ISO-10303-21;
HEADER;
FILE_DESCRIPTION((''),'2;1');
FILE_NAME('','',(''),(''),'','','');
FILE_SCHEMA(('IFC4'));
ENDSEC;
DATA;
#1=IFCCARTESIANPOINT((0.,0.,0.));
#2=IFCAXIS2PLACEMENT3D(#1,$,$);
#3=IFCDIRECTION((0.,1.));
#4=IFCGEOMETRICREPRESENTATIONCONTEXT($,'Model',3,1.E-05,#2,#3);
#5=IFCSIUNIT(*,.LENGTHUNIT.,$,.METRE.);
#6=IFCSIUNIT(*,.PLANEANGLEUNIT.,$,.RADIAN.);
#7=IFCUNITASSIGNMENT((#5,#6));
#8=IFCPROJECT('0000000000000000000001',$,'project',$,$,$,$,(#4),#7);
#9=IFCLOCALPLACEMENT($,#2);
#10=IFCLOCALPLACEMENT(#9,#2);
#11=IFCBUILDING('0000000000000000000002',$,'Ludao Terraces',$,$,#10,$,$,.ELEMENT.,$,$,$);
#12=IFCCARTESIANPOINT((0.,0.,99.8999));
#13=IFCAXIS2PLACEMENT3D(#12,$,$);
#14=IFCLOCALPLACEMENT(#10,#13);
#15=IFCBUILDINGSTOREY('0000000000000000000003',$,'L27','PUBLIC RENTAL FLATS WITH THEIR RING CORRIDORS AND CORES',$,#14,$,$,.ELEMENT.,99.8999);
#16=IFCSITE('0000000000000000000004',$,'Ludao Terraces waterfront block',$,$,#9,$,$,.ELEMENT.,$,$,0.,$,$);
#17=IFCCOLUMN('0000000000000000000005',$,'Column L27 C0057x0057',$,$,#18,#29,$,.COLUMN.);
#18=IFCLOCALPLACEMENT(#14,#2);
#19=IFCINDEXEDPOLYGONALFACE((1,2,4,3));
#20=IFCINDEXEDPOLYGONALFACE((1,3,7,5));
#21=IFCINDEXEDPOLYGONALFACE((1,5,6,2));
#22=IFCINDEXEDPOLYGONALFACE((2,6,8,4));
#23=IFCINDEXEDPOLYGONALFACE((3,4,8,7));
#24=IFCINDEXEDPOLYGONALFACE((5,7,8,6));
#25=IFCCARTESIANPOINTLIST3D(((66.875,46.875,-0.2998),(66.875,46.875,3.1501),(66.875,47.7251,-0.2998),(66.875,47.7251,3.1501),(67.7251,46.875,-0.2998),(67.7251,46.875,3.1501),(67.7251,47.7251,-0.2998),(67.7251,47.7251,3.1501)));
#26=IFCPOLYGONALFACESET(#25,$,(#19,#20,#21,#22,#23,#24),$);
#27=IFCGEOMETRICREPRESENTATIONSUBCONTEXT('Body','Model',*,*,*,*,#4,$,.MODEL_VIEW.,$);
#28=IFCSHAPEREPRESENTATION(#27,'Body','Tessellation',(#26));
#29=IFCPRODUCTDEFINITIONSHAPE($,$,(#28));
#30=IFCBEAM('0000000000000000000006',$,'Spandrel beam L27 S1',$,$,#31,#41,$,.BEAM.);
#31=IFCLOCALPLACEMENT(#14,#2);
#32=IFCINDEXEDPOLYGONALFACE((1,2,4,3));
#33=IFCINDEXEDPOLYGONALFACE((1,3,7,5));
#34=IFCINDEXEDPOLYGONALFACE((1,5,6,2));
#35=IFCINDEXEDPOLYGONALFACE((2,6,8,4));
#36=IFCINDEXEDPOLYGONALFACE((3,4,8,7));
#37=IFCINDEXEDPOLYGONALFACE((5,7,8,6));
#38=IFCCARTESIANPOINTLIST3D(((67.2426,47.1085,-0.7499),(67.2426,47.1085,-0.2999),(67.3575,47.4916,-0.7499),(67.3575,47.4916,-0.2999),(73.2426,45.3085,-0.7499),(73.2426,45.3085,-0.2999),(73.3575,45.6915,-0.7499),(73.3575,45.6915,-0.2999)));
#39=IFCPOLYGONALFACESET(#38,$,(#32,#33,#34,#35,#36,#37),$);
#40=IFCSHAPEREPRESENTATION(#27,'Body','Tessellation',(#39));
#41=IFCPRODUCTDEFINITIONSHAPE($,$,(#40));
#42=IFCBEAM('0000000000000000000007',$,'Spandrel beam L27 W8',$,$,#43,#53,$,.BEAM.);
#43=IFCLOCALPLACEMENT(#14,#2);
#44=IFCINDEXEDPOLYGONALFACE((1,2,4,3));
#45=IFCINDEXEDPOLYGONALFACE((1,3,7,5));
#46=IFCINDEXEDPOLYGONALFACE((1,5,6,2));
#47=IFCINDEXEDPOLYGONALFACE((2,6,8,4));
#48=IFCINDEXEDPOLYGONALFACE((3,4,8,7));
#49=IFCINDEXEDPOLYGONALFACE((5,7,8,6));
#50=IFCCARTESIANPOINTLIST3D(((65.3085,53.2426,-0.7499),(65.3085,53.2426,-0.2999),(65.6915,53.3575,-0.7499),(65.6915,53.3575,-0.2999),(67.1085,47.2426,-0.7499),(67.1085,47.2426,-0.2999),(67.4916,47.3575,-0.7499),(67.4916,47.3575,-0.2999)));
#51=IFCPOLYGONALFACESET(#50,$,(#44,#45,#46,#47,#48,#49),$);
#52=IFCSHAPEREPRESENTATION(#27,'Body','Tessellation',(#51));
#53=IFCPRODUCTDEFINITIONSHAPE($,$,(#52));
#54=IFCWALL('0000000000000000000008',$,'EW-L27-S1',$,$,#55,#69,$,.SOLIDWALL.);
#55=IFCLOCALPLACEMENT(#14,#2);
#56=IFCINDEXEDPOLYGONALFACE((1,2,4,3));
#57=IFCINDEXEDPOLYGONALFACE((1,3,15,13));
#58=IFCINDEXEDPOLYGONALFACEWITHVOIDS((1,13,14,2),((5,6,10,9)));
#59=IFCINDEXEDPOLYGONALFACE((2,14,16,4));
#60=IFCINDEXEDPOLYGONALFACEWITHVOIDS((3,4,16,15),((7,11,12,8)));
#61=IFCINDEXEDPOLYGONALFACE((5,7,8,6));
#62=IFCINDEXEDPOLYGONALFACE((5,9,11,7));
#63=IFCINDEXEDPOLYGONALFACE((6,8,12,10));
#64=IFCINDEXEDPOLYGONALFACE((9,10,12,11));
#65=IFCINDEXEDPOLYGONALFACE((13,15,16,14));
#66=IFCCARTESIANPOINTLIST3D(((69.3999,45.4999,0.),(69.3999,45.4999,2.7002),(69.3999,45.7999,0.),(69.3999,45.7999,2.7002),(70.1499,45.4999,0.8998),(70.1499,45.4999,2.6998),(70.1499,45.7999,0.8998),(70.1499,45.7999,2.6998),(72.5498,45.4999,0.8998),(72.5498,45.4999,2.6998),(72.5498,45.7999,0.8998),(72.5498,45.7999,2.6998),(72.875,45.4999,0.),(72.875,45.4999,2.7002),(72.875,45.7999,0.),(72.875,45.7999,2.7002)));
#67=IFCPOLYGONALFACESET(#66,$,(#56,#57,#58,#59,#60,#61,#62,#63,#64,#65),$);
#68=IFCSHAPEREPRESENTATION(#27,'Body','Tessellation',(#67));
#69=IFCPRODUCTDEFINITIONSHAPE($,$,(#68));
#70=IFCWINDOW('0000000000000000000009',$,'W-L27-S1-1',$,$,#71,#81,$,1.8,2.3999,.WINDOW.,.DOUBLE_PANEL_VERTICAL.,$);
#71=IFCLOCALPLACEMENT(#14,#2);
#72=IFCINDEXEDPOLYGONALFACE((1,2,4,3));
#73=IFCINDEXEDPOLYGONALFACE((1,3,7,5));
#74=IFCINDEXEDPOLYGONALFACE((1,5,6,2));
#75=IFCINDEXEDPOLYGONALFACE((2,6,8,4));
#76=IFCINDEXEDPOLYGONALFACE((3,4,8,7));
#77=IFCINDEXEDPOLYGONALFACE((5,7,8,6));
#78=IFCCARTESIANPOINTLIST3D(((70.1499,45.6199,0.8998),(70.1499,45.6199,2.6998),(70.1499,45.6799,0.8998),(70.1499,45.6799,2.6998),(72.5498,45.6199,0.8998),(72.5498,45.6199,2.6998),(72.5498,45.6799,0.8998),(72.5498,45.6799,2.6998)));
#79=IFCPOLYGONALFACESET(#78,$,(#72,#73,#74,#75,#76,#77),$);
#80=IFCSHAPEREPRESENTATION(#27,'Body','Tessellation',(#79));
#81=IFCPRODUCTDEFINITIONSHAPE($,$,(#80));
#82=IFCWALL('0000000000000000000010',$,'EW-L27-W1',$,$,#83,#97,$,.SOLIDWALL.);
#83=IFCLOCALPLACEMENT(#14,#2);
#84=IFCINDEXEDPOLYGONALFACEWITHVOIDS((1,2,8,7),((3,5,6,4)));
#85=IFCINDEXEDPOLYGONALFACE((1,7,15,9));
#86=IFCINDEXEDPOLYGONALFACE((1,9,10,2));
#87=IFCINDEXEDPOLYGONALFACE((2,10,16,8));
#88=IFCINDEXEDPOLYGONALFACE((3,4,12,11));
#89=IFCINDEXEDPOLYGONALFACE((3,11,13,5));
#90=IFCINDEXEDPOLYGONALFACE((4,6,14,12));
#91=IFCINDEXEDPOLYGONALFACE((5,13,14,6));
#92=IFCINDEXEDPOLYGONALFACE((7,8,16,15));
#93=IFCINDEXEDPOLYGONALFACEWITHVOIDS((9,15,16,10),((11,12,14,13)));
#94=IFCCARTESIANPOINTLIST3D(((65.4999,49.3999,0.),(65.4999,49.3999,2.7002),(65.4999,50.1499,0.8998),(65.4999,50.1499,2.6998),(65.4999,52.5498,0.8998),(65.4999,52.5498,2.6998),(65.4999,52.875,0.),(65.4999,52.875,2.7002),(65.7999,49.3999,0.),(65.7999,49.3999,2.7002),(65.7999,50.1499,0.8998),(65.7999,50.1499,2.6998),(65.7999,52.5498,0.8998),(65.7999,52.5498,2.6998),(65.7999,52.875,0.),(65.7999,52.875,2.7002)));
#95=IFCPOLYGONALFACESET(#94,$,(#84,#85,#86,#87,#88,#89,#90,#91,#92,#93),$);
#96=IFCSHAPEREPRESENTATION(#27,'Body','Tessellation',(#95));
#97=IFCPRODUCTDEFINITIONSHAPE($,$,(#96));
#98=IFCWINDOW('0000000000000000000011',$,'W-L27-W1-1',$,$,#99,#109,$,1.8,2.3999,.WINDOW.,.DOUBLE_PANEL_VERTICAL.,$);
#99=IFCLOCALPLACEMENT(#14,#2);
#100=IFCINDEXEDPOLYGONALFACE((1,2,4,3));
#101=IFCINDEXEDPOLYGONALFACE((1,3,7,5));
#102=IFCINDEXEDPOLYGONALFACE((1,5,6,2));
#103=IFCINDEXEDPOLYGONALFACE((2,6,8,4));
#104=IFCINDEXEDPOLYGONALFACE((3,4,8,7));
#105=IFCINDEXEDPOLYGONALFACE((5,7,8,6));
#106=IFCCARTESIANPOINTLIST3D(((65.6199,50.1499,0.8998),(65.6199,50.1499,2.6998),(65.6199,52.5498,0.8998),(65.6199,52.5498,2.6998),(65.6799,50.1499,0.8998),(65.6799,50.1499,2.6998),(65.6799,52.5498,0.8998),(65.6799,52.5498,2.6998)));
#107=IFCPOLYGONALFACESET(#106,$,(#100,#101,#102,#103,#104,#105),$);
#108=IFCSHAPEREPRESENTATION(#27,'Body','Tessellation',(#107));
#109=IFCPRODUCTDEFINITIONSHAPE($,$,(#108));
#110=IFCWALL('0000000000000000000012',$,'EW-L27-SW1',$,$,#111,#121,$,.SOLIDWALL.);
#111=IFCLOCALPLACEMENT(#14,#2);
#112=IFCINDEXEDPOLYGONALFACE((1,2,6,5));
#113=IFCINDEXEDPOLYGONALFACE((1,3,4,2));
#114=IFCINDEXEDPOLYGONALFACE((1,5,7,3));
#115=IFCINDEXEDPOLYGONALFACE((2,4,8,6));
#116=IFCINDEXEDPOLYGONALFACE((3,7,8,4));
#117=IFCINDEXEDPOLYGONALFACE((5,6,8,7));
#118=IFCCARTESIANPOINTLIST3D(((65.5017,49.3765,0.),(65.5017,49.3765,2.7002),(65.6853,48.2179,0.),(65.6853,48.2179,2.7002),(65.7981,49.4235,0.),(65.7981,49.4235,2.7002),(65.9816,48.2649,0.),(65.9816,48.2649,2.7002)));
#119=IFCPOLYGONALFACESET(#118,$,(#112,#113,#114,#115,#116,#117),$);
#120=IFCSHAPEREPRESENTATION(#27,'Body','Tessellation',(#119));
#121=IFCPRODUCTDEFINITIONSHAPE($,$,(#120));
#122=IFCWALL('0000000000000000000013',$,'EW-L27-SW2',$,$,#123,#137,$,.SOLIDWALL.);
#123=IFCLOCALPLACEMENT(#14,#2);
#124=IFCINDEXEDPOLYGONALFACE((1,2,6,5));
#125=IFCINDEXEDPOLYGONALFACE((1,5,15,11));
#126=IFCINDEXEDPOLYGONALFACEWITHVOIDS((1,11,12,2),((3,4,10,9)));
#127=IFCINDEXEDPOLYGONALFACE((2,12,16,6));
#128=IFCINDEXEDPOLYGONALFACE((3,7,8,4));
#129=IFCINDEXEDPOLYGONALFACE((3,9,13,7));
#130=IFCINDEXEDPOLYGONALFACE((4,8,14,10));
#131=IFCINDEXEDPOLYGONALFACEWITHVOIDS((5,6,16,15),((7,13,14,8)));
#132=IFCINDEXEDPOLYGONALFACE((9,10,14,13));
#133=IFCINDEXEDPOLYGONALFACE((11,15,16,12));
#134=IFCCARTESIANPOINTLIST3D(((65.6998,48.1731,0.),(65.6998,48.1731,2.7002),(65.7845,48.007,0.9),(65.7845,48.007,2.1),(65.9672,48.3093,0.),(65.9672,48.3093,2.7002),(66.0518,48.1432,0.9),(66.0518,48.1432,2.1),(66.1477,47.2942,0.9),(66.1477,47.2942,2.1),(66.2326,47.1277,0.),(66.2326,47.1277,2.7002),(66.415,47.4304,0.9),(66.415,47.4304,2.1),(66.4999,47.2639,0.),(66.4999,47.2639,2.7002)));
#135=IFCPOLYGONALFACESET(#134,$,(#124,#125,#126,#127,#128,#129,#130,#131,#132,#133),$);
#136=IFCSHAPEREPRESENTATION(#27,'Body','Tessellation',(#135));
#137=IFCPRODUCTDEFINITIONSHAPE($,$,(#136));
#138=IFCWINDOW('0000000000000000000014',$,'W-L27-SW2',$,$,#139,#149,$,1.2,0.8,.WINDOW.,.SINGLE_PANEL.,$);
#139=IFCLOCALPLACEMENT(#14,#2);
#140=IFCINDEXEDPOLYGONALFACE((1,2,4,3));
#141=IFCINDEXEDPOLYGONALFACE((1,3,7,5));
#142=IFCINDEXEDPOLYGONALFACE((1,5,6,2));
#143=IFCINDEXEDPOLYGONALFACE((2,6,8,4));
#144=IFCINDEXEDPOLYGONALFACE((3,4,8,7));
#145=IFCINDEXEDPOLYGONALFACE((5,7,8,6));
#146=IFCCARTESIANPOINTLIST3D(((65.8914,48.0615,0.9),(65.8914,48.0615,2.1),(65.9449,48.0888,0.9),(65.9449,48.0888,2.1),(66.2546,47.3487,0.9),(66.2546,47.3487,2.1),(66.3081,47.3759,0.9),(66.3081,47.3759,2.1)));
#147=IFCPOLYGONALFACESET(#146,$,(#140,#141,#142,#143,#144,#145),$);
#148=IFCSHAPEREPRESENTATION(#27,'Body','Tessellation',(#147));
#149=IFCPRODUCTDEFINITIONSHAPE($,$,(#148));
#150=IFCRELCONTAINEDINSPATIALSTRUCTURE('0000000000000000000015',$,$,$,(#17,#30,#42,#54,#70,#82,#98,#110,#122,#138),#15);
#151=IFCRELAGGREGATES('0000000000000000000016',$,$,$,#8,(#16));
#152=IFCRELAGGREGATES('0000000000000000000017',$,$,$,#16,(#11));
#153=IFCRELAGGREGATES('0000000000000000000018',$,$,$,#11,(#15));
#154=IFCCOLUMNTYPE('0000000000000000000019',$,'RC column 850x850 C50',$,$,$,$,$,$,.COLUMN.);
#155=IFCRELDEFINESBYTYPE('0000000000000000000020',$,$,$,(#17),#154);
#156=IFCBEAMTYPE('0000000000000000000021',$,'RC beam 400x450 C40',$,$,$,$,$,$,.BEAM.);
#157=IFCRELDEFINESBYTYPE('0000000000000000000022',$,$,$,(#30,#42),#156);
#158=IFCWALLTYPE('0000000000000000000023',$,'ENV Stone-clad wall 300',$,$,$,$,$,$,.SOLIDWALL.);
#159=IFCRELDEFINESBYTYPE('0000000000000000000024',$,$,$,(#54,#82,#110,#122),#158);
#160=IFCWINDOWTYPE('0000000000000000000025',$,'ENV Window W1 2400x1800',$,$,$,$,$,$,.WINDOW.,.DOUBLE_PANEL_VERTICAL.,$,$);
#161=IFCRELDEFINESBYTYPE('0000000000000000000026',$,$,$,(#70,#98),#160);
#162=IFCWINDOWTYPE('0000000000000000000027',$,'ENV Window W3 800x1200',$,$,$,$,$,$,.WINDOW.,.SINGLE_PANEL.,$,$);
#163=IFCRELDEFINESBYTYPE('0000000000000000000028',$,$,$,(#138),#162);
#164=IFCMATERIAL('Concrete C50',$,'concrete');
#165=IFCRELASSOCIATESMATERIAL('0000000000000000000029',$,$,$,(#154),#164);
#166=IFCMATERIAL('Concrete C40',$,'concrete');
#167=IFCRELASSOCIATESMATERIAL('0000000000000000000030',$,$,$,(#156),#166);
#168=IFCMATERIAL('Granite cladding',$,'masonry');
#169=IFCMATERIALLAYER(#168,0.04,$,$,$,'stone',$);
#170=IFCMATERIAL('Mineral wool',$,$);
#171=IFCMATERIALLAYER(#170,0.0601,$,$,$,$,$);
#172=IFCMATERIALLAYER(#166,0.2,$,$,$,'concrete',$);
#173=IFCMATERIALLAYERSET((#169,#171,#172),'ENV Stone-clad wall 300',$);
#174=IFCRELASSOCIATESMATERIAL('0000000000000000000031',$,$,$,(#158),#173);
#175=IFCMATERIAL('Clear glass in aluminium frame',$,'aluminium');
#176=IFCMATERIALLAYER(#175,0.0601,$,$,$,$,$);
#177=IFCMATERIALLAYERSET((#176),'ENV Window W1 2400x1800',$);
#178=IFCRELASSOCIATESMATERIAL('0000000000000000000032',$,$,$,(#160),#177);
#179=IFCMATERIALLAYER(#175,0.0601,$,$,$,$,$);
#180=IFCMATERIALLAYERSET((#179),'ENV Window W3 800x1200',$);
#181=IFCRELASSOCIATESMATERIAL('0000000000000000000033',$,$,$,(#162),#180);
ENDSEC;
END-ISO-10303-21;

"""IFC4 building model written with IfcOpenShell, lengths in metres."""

from ifc_helpers import new_model, si_unit, direction, frame, frame_2d, origin, origin_2d, place, context, subcontext, project, spatial, rectangle, extrude, material, layer, layer_set, material_profile, profile_set, type_object, element, fill, save


model = new_model("IFC4")

# Units and contexts
model_context = context("Model", 3, precision=1e-05, world=origin(), true_north=direction((0.0, 1.0)))
body_context = subcontext(model_context, "Body", "Model", "MODEL_VIEW")
ifc_project = project(units=[si_unit("LENGTHUNIT", "METRE"), si_unit("PLANEANGLEUNIT", "RADIAN")], contexts=[model_context])

# Site, building, storey
site_placement = place(None, origin())
site = spatial("IfcSite", under=ifc_project, at=site_placement, Name="Ludao Terraces waterfront block", CompositionType="ELEMENT", RefElevation=0.0)
building_placement = place(site_placement, origin())
building = spatial("IfcBuilding", under=site, at=building_placement, Name="Ludao Terraces", CompositionType="ELEMENT")
storey_placement = place(building_placement, frame((0.0, 0.0, 99.8999)))
storey = spatial("IfcBuildingStorey", under=building, at=storey_placement, Name="L27", Description="PUBLIC RENTAL FLATS WITH THEIR RING CORRIDORS AND CORES", CompositionType="ELEMENT", Elevation=99.8999)

# Column
ifc_material_1 = material(Name="Concrete C50", Category="concrete")
ifc_material_profile_1 = material_profile(ifc_material_1, rectangle(XDim=0.8501, YDim=0.8501, at=origin_2d()), Name="850 X 850")
ifc_profile_set_1 = profile_set([ifc_material_profile_1], Name="Concrete C50")
column_type = type_object("IfcColumnType", Name="RC column 850x850 C50", PredefinedType="COLUMN", material=ifc_profile_set_1)
column_placement = place(storey_placement, frame((67.3, 47.3, -0.2998), z_axis=(0.0, 0.0, 1.0), x_axis=(1.0, 0.0, 0.0)))
element("IfcColumn", 1, at=column_placement, inside=storey, type_object=column_type, Name="Column L27 C0057x0057", PredefinedType="COLUMN", context=body_context, shape_type="SweptSolid", body=[
    extrude(rectangle(XDim=0.8501, YDim=0.8501, at=origin_2d()), origin(), (0.0, 0.0, 1.0), 3.45),
])

# Beams
ifc_material_2 = material(Name="Concrete C40", Category="concrete")
ifc_material_profile_2 = material_profile(ifc_material_2, rectangle(XDim=0.3999, YDim=0.45, at=origin_2d()), Name="400 X 450")
ifc_profile_set_2 = profile_set([ifc_material_profile_2], Name="Concrete C40")
beam_type = type_object("IfcBeamType", Name="RC beam 400x450 C40", PredefinedType="BEAM", material=ifc_profile_set_2)
for number, where, z_axis, x_axis, name in (
    (2, (67.3, 47.3, -0.5249), (0.957824, -0.287355, 0.0), (0.287355, 0.957824, 0.0), "Spandrel beam L27 S1"),
    (3, (67.3, 47.3, -0.5249), (-0.287355, 0.957824, 0.0), (-0.957824, -0.287355, 0.0), "Spandrel beam L27 W8"),
):
    element("IfcBeam", number, at=place(storey_placement, frame(where, z_axis=z_axis, x_axis=x_axis)), inside=storey, type_object=beam_type, Name=name, PredefinedType="BEAM", context=body_context, shape_type="SweptSolid", body=[
        extrude(rectangle(XDim=0.3999, YDim=0.45, at=origin_2d()), origin(), (0.0, 0.0, 1.0), 6.2642),
    ])

# Walls, openings, windows
ifc_material_3 = material(Name="Granite cladding", Category="masonry")
ifc_layer_1 = layer(ifc_material_3, 0.04, Category="stone")
ifc_material_4 = material(Name="Mineral wool")
ifc_layer_2 = layer(ifc_material_4, 0.0601)
ifc_layer_3 = layer(ifc_material_2, 0.2, Category="concrete")
ifc_layer_set_1 = layer_set([ifc_layer_1, ifc_layer_2, ifc_layer_3], Name="ENV Stone-clad wall 300")
wall_type = type_object("IfcWallType", Name="ENV Stone-clad wall 300", PredefinedType="SOLIDWALL", material=ifc_layer_set_1)
wall_1_placement = place(storey_placement, frame((69.3999, 45.6499, 0.0), z_axis=(0.0, 0.0, 1.0), x_axis=(1.0, 0.0, 0.0)))
wall_1 = element("IfcWall", 4, at=wall_1_placement, inside=storey, type_object=wall_type, Name="EW-L27-S1", PredefinedType="SOLIDWALL", context=body_context, shape_type="SweptSolid", body=[
    extrude(rectangle(XDim=3.4751, YDim=0.3, at=frame_2d((1.7375, 0.0))), origin(), (0.0, 0.0, 1.0), 2.7002),
])
opening_1_placement = place(wall_1_placement, frame((0.75, 0.0, 0.8999)))
opening_1 = element("IfcOpeningElement", 5, at=opening_1_placement, cuts=wall_1, PredefinedType="OPENING", context=body_context, shape_type="SweptSolid", body=[
    extrude(rectangle(XDim=2.3999, YDim=1.8, at=frame_2d((1.2, 0.8999))), frame((0.0, 0.1602, 0.0), z_axis=(0.0, -1.0, 0.0), x_axis=(1.0, 0.0, 0.0)), (0.0, 0.0, 1.0), 0.3201),
])
ifc_material_5 = material(Name="Clear glass in aluminium frame", Category="aluminium")
ifc_layer_4 = layer(ifc_material_5, 0.0601)
ifc_layer_set_2 = layer_set([ifc_layer_4], Name="ENV Window W1 2400x1800")
window_type_1 = type_object("IfcWindowType", Name="ENV Window W1 2400x1800", PartitioningType="DOUBLE_PANEL_VERTICAL", PredefinedType="WINDOW", material=ifc_layer_set_2)
window_1_placement = place(opening_1_placement, origin())
window_1 = element("IfcWindow", 6, at=window_1_placement, inside=storey, type_object=window_type_1, Name="W-L27-S1-1", OverallHeight=1.8, OverallWidth=2.3999, PartitioningType="DOUBLE_PANEL_VERTICAL", PredefinedType="WINDOW", context=body_context, shape_type="SweptSolid", body=[
    extrude(rectangle(XDim=2.3999, YDim=1.8, at=frame_2d((1.2, 0.8999))), frame((0.0, 0.03, 0.0), z_axis=(0.0, -1.0, 0.0), x_axis=(1.0, 0.0, 0.0)), (0.0, 0.0, 1.0), 0.0601),
])
fill(opening_1, window_1)
wall_2_placement = place(storey_placement, frame((65.6499, 49.3999, 0.0), z_axis=(0.0, 0.0, 1.0), x_axis=(0.0, 1.0, 0.0)))
wall_2 = element("IfcWall", 7, at=wall_2_placement, inside=storey, type_object=wall_type, Name="EW-L27-W1", PredefinedType="SOLIDWALL", context=body_context, shape_type="SweptSolid", body=[
    extrude(rectangle(XDim=3.4751, YDim=0.3, at=frame_2d((1.7375, 0.0))), origin(), (0.0, 0.0, 1.0), 2.7002),
])
opening_2_placement = place(wall_2_placement, frame((0.75, 0.0, 0.8999)))
opening_2 = element("IfcOpeningElement", 8, at=opening_2_placement, cuts=wall_2, PredefinedType="OPENING", context=body_context, shape_type="SweptSolid", body=[
    extrude(rectangle(XDim=2.3999, YDim=1.8, at=frame_2d((1.2, 0.8999))), frame((0.0, 0.1602, 0.0), z_axis=(0.0, -1.0, 0.0), x_axis=(1.0, 0.0, 0.0)), (0.0, 0.0, 1.0), 0.3201),
])
window_2_placement = place(opening_2_placement, origin())
window_2 = element("IfcWindow", 9, at=window_2_placement, inside=storey, type_object=window_type_1, Name="W-L27-W1-1", OverallHeight=1.8, OverallWidth=2.3999, PartitioningType="DOUBLE_PANEL_VERTICAL", PredefinedType="WINDOW", context=body_context, shape_type="SweptSolid", body=[
    extrude(rectangle(XDim=2.3999, YDim=1.8, at=frame_2d((1.2, 0.8999))), frame((0.0, 0.03, 0.0), z_axis=(0.0, -1.0, 0.0), x_axis=(1.0, 0.0, 0.0)), (0.0, 0.0, 1.0), 0.0601),
])
fill(opening_2, window_2)

# Wall
wall_3_placement = place(storey_placement, frame((65.6499, 49.3999, 0.0), z_axis=(0.0, 0.0, 1.0), x_axis=(0.156497, -0.987678, 0.0)))
element("IfcWall", 10, at=wall_3_placement, inside=storey, type_object=wall_type, Name="EW-L27-SW1", PredefinedType="SOLIDWALL", context=body_context, shape_type="SweptSolid", body=[
    extrude(rectangle(XDim=1.1731, YDim=0.3, at=frame_2d((0.5864, 0.0))), origin(), (0.0, 0.0, 1.0), 2.7002),
])

# Wall, opening, window
wall_4_placement = place(storey_placement, frame((65.8335, 48.2412, 0.0), z_axis=(0.0, 0.0, 1.0), x_axis=(0.454026, -0.890989, 0.0)))
wall_4 = element("IfcWall", 11, at=wall_4_placement, inside=storey, type_object=wall_type, Name="EW-L27-SW2", PredefinedType="SOLIDWALL", context=body_context, shape_type="SweptSolid", body=[
    extrude(rectangle(XDim=1.1733, YDim=0.3, at=frame_2d((0.5867, 0.0))), origin(), (0.0, 0.0, 1.0), 2.7002),
])
opening_3_placement = place(wall_4_placement, frame((0.1865, 0.0, 0.8999)))
opening_3 = element("IfcOpeningElement", 12, at=opening_3_placement, cuts=wall_4, PredefinedType="OPENING", context=body_context, shape_type="SweptSolid", body=[
    extrude(rectangle(XDim=0.8, YDim=1.2, at=frame_2d((0.3999, 0.6001))), frame((0.0, 0.1602, 0.0), z_axis=(0.0, -1.0, 0.0), x_axis=(1.0, 0.0, 0.0)), (0.0, 0.0, 1.0), 0.3201),
])
ifc_layer_5 = layer(ifc_material_5, 0.0601)
ifc_layer_set_3 = layer_set([ifc_layer_5], Name="ENV Window W3 800x1200")
window_type_2 = type_object("IfcWindowType", Name="ENV Window W3 800x1200", PartitioningType="SINGLE_PANEL", PredefinedType="WINDOW", material=ifc_layer_set_3)
window_3_placement = place(opening_3_placement, origin())
window_3 = element("IfcWindow", 13, at=window_3_placement, inside=storey, type_object=window_type_2, Name="W-L27-SW2", OverallHeight=1.2, OverallWidth=0.8, PartitioningType="SINGLE_PANEL", PredefinedType="WINDOW", context=body_context, shape_type="SweptSolid", body=[
    extrude(rectangle(XDim=0.8, YDim=1.2, at=frame_2d((0.3999, 0.6001))), frame((0.0, 0.03, 0.0), z_axis=(0.0, -1.0, 0.0), x_axis=(1.0, 0.0, 0.0)), (0.0, 0.0, 1.0), 0.0601),
])
fill(opening_3, window_3)

save(model, "model.ifc")
